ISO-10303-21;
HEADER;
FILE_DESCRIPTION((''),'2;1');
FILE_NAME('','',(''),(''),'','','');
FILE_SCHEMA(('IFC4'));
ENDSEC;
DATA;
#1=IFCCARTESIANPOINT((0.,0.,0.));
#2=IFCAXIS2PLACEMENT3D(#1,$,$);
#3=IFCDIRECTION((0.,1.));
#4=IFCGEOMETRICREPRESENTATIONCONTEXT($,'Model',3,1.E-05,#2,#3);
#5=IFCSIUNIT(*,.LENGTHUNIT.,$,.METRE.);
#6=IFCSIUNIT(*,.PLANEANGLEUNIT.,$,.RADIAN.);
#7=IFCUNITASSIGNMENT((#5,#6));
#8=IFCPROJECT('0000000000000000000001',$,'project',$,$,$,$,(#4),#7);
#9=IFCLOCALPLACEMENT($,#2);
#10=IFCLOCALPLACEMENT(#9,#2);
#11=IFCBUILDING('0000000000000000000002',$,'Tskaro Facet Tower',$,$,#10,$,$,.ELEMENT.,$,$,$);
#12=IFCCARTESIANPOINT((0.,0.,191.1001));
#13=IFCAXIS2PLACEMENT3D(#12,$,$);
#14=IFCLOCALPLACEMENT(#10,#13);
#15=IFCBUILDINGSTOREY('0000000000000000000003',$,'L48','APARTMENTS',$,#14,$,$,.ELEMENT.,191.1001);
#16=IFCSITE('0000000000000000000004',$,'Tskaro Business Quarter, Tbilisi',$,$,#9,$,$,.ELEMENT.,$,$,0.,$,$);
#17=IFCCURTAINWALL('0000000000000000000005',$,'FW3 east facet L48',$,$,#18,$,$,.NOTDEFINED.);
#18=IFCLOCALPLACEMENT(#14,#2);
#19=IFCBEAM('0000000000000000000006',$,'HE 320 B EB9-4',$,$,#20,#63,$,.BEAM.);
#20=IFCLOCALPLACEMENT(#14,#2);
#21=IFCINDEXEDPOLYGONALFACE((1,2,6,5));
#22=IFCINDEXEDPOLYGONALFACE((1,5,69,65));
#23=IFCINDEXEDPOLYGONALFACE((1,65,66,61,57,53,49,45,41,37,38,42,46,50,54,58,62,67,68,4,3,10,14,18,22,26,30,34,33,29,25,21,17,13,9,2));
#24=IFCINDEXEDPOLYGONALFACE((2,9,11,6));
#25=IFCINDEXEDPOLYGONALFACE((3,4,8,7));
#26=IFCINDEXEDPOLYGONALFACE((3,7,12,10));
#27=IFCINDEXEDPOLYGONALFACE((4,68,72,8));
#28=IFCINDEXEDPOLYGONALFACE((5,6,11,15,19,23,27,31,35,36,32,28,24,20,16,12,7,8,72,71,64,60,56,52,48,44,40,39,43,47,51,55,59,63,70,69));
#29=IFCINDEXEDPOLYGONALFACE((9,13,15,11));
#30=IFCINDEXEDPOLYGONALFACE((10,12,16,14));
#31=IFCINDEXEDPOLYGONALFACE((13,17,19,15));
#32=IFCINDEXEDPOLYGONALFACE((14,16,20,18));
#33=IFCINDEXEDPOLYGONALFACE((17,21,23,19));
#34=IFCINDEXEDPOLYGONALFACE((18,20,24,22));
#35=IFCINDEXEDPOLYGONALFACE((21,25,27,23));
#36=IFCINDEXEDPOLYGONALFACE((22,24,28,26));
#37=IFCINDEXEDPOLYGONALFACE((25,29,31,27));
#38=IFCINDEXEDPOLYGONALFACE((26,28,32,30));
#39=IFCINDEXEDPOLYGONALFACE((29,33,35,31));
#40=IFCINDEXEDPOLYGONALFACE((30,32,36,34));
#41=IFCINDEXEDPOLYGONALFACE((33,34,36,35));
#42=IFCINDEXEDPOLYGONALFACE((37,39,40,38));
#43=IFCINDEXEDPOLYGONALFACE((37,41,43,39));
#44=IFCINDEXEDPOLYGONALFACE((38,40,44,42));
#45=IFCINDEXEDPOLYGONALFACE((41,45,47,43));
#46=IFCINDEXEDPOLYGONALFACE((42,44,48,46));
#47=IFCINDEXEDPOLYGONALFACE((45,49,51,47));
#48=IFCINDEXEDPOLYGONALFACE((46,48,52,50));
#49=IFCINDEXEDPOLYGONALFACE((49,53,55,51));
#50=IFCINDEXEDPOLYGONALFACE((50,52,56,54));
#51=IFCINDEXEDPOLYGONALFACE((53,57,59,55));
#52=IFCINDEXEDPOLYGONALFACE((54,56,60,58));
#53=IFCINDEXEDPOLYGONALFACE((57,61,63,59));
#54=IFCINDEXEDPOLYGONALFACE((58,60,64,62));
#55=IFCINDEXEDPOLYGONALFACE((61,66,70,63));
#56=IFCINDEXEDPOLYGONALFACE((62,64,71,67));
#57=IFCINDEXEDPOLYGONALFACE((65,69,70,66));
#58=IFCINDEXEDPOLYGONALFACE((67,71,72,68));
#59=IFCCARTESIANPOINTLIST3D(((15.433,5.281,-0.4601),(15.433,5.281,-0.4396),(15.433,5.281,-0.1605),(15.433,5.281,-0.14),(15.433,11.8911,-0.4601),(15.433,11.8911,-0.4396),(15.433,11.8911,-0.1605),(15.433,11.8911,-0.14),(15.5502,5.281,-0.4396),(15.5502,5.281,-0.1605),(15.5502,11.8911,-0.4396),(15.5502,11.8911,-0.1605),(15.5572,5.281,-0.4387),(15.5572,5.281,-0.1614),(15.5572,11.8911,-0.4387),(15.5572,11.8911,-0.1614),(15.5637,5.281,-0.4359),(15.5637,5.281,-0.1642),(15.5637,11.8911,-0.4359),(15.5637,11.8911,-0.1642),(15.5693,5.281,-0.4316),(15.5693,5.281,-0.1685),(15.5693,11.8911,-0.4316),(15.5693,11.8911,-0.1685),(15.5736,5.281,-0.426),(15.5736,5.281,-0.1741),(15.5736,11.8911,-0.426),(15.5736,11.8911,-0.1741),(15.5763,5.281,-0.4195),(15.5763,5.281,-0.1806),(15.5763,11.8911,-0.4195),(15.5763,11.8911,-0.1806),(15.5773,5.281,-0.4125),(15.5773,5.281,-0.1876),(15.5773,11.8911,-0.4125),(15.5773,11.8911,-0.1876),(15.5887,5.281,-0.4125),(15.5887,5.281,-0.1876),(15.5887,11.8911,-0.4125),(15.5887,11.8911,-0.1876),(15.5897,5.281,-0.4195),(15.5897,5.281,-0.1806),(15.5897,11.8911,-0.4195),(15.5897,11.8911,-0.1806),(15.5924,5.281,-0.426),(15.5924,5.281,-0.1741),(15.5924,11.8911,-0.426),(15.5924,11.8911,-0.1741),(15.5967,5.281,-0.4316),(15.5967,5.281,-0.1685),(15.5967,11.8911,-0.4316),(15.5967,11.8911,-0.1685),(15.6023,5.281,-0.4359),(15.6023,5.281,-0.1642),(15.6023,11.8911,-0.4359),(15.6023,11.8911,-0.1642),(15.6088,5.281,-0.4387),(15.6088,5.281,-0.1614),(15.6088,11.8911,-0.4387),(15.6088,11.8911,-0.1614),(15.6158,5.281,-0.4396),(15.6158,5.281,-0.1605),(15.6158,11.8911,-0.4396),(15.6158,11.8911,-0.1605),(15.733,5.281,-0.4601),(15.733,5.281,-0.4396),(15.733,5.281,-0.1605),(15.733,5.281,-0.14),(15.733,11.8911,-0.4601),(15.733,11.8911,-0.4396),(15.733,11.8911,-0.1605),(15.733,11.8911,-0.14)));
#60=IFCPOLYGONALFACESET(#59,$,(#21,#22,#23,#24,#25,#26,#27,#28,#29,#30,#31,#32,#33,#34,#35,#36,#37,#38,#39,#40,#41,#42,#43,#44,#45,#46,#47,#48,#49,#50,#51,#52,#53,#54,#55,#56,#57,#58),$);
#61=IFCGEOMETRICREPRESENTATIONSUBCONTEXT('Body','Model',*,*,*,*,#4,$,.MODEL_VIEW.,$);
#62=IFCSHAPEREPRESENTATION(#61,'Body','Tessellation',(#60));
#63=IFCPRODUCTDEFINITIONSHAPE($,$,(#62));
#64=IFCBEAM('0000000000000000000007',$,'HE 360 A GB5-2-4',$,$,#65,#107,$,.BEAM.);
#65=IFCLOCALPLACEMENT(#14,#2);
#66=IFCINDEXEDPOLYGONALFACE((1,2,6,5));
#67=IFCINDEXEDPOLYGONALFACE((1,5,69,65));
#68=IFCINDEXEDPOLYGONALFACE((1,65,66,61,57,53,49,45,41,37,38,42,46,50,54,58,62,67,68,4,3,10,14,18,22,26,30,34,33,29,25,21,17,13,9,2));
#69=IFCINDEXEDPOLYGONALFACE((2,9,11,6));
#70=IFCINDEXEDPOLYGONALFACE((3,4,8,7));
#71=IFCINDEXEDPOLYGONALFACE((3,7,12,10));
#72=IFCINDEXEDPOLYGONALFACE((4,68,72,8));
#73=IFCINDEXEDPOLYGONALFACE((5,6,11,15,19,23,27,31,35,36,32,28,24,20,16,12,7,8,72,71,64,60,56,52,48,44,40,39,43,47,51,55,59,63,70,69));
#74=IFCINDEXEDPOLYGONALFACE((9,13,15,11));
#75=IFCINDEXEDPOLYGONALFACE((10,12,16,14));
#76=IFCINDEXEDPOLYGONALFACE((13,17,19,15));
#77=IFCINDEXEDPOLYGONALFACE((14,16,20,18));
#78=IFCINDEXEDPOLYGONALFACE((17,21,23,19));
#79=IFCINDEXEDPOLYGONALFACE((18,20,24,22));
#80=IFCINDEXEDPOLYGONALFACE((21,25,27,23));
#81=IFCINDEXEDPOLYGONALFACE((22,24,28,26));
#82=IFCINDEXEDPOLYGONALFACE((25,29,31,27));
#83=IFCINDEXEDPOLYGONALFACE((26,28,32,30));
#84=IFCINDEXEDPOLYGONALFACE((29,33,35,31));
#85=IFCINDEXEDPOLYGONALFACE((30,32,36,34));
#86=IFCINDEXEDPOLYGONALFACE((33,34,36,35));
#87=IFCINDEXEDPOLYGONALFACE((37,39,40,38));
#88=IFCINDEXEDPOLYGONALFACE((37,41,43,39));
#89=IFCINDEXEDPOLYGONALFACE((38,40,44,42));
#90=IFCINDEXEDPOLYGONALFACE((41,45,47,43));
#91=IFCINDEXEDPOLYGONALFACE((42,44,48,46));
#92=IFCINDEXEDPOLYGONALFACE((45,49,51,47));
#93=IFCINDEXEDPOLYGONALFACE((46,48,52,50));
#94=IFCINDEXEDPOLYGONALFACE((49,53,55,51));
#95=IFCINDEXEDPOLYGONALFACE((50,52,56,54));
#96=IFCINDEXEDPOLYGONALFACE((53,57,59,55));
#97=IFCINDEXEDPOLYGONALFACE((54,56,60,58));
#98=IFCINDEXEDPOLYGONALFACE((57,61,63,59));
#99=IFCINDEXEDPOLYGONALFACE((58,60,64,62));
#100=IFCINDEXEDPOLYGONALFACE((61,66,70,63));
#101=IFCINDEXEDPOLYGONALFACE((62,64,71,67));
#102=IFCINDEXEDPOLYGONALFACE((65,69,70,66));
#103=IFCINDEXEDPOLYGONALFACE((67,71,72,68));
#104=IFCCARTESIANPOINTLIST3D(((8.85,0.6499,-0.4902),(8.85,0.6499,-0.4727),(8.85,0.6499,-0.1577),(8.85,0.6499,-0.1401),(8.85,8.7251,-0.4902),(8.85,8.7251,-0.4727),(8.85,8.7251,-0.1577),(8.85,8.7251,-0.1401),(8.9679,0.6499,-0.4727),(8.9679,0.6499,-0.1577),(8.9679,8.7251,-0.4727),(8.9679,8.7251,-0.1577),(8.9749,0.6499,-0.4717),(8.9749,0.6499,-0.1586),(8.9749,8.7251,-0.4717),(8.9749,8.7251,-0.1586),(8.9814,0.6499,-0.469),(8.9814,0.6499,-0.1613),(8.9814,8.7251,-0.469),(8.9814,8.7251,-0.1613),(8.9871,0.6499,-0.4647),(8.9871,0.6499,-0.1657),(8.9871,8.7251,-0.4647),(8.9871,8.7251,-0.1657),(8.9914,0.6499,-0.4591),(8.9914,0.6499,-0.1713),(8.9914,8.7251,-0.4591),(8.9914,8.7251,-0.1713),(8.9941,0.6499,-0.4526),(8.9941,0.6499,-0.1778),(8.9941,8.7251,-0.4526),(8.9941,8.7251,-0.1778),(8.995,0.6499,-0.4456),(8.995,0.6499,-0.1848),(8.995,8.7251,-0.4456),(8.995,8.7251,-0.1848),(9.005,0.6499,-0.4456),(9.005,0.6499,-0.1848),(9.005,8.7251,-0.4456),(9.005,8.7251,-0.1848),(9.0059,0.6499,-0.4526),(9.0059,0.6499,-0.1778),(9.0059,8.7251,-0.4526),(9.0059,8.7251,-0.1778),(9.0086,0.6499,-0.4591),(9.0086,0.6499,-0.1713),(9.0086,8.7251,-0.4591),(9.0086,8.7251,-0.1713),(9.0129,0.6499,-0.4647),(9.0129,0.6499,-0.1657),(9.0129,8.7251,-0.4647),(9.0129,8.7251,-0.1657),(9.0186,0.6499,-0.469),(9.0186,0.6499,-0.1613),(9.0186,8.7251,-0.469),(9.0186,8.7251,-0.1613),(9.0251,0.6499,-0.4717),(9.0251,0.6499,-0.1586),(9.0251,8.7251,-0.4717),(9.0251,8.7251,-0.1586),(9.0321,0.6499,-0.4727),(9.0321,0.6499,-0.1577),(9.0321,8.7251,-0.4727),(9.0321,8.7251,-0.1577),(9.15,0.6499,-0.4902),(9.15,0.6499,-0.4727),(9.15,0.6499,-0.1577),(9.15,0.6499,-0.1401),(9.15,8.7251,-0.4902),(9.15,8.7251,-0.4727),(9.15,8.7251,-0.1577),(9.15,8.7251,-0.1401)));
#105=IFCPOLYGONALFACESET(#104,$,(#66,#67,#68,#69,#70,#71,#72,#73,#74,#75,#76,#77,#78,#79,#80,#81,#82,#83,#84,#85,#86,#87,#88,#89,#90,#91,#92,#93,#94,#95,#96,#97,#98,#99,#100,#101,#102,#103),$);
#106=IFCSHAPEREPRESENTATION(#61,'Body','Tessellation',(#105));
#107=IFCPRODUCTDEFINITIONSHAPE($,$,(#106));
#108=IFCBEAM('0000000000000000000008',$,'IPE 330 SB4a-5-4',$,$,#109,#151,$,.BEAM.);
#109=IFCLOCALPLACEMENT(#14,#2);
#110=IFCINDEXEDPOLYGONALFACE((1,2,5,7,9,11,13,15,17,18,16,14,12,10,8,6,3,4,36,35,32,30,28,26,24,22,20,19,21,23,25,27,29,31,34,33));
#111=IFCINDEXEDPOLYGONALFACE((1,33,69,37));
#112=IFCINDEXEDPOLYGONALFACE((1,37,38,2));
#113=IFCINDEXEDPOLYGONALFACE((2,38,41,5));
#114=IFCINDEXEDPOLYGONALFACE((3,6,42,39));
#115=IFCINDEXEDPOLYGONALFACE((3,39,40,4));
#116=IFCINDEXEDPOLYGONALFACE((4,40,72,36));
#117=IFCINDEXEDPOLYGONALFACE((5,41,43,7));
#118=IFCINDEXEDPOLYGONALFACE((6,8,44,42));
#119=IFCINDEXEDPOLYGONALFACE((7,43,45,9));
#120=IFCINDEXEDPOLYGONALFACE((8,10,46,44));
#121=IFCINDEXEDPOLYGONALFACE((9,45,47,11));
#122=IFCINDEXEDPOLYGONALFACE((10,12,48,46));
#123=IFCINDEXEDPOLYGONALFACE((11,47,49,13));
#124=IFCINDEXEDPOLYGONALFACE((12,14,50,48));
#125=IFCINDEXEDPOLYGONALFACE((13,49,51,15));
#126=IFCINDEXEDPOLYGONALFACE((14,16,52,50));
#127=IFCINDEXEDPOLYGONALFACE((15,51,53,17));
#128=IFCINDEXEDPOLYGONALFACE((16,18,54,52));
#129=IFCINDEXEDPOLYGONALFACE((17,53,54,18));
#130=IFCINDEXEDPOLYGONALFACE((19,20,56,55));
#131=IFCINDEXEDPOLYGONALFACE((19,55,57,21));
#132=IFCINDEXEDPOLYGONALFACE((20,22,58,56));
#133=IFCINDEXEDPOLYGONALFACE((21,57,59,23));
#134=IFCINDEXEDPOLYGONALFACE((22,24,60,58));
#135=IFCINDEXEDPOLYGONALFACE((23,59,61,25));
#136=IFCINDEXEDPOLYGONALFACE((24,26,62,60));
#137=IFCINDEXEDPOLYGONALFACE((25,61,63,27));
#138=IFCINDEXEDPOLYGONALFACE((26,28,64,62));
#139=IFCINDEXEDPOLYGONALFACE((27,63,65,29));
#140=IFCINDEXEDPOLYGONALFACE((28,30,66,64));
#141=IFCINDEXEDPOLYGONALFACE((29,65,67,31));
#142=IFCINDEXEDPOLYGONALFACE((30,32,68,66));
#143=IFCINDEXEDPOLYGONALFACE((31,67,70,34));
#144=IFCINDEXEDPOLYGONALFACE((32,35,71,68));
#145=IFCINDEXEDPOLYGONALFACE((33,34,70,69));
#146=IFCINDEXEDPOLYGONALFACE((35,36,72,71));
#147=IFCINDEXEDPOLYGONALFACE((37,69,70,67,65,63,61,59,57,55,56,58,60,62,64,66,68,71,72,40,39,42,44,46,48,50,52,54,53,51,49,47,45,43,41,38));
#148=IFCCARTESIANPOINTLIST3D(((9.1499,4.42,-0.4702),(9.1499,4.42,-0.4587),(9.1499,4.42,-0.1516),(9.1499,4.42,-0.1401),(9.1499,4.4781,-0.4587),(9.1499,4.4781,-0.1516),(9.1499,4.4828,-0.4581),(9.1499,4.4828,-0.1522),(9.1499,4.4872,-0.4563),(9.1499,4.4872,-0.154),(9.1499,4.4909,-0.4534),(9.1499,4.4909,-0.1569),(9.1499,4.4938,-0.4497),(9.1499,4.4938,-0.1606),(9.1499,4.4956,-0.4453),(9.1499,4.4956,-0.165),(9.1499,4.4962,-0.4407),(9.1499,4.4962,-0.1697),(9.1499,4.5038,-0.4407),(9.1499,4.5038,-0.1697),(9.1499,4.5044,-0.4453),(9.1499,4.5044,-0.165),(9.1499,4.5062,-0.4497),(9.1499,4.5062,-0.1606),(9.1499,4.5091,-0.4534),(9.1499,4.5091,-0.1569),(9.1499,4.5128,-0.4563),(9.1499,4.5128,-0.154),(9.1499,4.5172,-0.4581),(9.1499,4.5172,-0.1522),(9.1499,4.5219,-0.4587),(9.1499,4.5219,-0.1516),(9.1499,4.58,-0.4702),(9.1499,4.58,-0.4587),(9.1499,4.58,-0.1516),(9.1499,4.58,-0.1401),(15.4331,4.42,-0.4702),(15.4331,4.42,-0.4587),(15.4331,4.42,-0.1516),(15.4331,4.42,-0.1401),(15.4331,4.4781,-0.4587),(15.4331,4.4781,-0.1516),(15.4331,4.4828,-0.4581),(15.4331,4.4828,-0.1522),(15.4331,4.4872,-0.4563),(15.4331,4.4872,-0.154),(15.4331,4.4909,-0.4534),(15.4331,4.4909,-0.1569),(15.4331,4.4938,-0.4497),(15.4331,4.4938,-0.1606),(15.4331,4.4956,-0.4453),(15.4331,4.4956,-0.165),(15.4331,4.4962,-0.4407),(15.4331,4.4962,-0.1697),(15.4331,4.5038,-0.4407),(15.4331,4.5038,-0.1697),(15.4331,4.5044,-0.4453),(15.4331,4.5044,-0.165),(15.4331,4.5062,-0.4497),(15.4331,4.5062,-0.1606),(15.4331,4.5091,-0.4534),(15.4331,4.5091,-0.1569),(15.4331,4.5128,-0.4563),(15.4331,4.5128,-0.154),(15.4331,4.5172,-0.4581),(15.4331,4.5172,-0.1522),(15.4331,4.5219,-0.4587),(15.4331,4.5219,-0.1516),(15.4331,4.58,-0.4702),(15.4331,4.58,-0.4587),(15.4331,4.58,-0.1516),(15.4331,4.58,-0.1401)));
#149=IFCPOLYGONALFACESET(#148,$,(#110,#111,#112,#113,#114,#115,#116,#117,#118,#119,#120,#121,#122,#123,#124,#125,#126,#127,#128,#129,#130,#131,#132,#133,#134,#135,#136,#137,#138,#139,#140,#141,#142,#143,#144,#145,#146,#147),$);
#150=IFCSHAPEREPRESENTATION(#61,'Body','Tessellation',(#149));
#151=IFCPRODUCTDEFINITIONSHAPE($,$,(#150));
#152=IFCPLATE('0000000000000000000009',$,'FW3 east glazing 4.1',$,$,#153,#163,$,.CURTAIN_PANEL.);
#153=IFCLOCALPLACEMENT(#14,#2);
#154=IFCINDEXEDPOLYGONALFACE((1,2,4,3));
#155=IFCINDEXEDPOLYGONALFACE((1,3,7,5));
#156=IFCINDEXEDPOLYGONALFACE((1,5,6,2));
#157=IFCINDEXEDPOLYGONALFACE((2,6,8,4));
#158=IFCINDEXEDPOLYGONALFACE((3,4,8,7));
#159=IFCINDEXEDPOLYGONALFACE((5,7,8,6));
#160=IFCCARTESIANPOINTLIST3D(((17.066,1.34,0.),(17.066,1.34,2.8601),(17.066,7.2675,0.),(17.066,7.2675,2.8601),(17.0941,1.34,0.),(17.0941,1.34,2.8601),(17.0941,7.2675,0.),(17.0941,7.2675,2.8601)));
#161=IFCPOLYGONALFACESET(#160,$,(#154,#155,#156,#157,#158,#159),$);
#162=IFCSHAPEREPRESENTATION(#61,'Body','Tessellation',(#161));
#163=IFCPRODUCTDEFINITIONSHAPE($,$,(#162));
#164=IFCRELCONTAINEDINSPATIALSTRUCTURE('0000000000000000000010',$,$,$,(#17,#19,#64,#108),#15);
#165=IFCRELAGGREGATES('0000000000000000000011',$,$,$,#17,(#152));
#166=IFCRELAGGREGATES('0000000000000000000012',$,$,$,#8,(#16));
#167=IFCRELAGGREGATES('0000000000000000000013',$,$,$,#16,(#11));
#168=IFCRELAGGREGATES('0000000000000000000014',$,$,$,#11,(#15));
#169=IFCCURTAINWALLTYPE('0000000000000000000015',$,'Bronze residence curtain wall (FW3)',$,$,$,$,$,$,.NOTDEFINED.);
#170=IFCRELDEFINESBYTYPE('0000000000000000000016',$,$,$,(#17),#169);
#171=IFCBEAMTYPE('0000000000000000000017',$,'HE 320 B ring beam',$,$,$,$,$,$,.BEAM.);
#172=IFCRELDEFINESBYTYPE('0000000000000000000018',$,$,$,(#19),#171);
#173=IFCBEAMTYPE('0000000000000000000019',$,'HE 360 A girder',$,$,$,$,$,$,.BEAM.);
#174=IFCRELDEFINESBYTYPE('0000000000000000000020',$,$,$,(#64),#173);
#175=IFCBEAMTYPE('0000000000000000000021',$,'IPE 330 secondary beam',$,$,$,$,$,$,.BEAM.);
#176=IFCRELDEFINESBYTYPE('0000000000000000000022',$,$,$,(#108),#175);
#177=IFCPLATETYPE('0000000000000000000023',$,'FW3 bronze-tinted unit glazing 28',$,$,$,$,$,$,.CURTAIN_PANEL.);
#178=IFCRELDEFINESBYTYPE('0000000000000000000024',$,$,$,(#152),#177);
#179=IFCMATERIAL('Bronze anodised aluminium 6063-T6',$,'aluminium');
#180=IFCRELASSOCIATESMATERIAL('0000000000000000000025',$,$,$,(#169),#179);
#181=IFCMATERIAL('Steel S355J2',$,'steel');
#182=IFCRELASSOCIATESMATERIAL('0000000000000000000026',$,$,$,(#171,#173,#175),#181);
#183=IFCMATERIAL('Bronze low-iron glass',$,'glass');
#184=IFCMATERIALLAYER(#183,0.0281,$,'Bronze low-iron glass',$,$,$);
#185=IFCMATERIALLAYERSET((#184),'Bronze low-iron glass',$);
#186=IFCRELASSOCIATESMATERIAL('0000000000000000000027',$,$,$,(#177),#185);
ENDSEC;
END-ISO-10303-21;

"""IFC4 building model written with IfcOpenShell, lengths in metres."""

from ifc_helpers import new_model, si_unit, direction, frame, origin, origin_2d, place, context, subcontext, project, spatial, rectangle, i_section, extrude, material, layer, layer_set, material_profile, profile_set, type_object, element, aggregate, save


model = new_model("IFC4")

# Units and contexts
model_context = context("Model", 3, precision=1e-05, world=origin(), true_north=direction((0.0, 1.0)))
body_context = subcontext(model_context, "Body", "Model", "MODEL_VIEW")
ifc_project = project(units=[si_unit("LENGTHUNIT", "METRE"), si_unit("PLANEANGLEUNIT", "RADIAN")], contexts=[model_context])

# Site, building, storey
site_placement = place(None, origin())
site = spatial("IfcSite", under=ifc_project, at=site_placement, Name="Tskaro Business Quarter, Tbilisi", CompositionType="ELEMENT", RefElevation=0.0)
building_placement = place(site_placement, origin())
building = spatial("IfcBuilding", under=site, at=building_placement, Name="Tskaro Facet Tower", CompositionType="ELEMENT")
storey_placement = place(building_placement, frame((0.0, 0.0, 191.1001)))
storey = spatial("IfcBuildingStorey", under=building, at=storey_placement, Name="L48", Description="APARTMENTS", CompositionType="ELEMENT", Elevation=191.1001)

# Curtain wall
ifc_material_1 = material(Name="Bronze anodised aluminium 6063-T6", Category="aluminium")
curtain_wall_type = type_object("IfcCurtainWallType", Name="Bronze residence curtain wall (FW3)", PredefinedType="NOTDEFINED", material=ifc_material_1)
curtain_wall_placement = place(storey_placement, origin())
curtain_wall = element("IfcCurtainWall", 1, at=curtain_wall_placement, inside=storey, type_object=curtain_wall_type, Name="FW3 east facet L48", PredefinedType="NOTDEFINED")

# Beams
ifc_material_2 = material(Name="Steel S355J2", Category="steel")
ifc_material_profile_1 = material_profile(ifc_material_2, i_section(OverallWidth=0.3, OverallDepth=0.3201, WebThickness=0.0115, FlangeThickness=0.0205, FilletRadius=0.0271, at=origin_2d()), Name="HE 320 B")
ifc_profile_set_1 = profile_set([ifc_material_profile_1], Name="Steel S355J2")
beam_type_1 = type_object("IfcBeamType", Name="HE 320 B ring beam", PredefinedType="BEAM", material=ifc_profile_set_1)
beam_1_placement = place(storey_placement, frame((15.583, 5.281, -0.3), z_axis=(0.0, 1.0, 0.0), x_axis=(-1.0, 0.0, 0.0)))
element("IfcBeam", 2, at=beam_1_placement, inside=storey, type_object=beam_type_1, Name="HE 320 B EB9-4", PredefinedType="BEAM", context=body_context, shape_type="SweptSolid", body=[
    extrude(i_section(OverallWidth=0.3, OverallDepth=0.3201, WebThickness=0.0115, FlangeThickness=0.0205, FilletRadius=0.0271, at=origin_2d()), origin(), (0.0, 0.0, 1.0), 6.6101),
])
ifc_material_profile_2 = material_profile(ifc_material_2, i_section(OverallWidth=0.3, OverallDepth=0.3501, WebThickness=0.01, FlangeThickness=0.0176, FilletRadius=0.0271, at=origin_2d()), Name="HE 360 A")
ifc_profile_set_2 = profile_set([ifc_material_profile_2], Name="Steel S355J2")
beam_type_2 = type_object("IfcBeamType", Name="HE 360 A girder", PredefinedType="BEAM", material=ifc_profile_set_2)
beam_2_placement = place(storey_placement, frame((9.0, 0.6499, -0.3152), z_axis=(0.0, 1.0, 0.0), x_axis=(-1.0, 0.0, 0.0)))
element("IfcBeam", 3, at=beam_2_placement, inside=storey, type_object=beam_type_2, Name="HE 360 A GB5-2-4", PredefinedType="BEAM", context=body_context, shape_type="SweptSolid", body=[
    extrude(i_section(OverallWidth=0.3, OverallDepth=0.3501, WebThickness=0.01, FlangeThickness=0.0176, FilletRadius=0.0271, at=origin_2d()), origin(), (0.0, 0.0, 1.0), 8.0752),
])
ifc_material_profile_3 = material_profile(ifc_material_2, i_section(OverallWidth=0.1599, OverallDepth=0.3301, WebThickness=0.0076, FlangeThickness=0.0115, FilletRadius=0.0181, at=origin_2d()), Name="IPE 330")
ifc_profile_set_3 = profile_set([ifc_material_profile_3], Name="Steel S355J2")
beam_type_3 = type_object("IfcBeamType", Name="IPE 330 secondary beam", PredefinedType="BEAM", material=ifc_profile_set_3)
beam_3_placement = place(storey_placement, frame((9.1499, 4.5, -0.3052), z_axis=(1.0, 0.0, 0.0), x_axis=(0.0, 1.0, 0.0)))
element("IfcBeam", 4, at=beam_3_placement, inside=storey, type_object=beam_type_3, Name="IPE 330 SB4a-5-4", PredefinedType="BEAM", context=body_context, shape_type="SweptSolid", body=[
    extrude(i_section(OverallWidth=0.1599, OverallDepth=0.3301, WebThickness=0.0076, FlangeThickness=0.0115, FilletRadius=0.0181, at=origin_2d()), origin(), (0.0, 0.0, 1.0), 6.2832),
])

# Plate
ifc_material_3 = material(Name="Bronze low-iron glass", Category="glass")
ifc_layer_1 = layer(ifc_material_3, 0.0281, Name="Bronze low-iron glass")
ifc_layer_set_1 = layer_set([ifc_layer_1], Name="Bronze low-iron glass")
plate_type = type_object("IfcPlateType", Name="FW3 bronze-tinted unit glazing 28", PredefinedType="CURTAIN_PANEL", material=ifc_layer_set_1)
plate_placement = place(storey_placement, frame((17.0801, 4.3037, 0.0), z_axis=(0.0, 0.0, 1.0), x_axis=(0.0, 1.0, 0.0)))
plate = element("IfcPlate", 5, at=plate_placement, type_object=plate_type, Name="FW3 east glazing 4.1", PredefinedType="CURTAIN_PANEL", context=body_context, shape_type="SweptSolid", body=[
    extrude(rectangle(XDim=5.9275, YDim=0.0281, at=origin_2d()), origin(), (0.0, 0.0, 1.0), 2.8601),
])
aggregate(curtain_wall, [plate])

save(model, "model.ifc")
